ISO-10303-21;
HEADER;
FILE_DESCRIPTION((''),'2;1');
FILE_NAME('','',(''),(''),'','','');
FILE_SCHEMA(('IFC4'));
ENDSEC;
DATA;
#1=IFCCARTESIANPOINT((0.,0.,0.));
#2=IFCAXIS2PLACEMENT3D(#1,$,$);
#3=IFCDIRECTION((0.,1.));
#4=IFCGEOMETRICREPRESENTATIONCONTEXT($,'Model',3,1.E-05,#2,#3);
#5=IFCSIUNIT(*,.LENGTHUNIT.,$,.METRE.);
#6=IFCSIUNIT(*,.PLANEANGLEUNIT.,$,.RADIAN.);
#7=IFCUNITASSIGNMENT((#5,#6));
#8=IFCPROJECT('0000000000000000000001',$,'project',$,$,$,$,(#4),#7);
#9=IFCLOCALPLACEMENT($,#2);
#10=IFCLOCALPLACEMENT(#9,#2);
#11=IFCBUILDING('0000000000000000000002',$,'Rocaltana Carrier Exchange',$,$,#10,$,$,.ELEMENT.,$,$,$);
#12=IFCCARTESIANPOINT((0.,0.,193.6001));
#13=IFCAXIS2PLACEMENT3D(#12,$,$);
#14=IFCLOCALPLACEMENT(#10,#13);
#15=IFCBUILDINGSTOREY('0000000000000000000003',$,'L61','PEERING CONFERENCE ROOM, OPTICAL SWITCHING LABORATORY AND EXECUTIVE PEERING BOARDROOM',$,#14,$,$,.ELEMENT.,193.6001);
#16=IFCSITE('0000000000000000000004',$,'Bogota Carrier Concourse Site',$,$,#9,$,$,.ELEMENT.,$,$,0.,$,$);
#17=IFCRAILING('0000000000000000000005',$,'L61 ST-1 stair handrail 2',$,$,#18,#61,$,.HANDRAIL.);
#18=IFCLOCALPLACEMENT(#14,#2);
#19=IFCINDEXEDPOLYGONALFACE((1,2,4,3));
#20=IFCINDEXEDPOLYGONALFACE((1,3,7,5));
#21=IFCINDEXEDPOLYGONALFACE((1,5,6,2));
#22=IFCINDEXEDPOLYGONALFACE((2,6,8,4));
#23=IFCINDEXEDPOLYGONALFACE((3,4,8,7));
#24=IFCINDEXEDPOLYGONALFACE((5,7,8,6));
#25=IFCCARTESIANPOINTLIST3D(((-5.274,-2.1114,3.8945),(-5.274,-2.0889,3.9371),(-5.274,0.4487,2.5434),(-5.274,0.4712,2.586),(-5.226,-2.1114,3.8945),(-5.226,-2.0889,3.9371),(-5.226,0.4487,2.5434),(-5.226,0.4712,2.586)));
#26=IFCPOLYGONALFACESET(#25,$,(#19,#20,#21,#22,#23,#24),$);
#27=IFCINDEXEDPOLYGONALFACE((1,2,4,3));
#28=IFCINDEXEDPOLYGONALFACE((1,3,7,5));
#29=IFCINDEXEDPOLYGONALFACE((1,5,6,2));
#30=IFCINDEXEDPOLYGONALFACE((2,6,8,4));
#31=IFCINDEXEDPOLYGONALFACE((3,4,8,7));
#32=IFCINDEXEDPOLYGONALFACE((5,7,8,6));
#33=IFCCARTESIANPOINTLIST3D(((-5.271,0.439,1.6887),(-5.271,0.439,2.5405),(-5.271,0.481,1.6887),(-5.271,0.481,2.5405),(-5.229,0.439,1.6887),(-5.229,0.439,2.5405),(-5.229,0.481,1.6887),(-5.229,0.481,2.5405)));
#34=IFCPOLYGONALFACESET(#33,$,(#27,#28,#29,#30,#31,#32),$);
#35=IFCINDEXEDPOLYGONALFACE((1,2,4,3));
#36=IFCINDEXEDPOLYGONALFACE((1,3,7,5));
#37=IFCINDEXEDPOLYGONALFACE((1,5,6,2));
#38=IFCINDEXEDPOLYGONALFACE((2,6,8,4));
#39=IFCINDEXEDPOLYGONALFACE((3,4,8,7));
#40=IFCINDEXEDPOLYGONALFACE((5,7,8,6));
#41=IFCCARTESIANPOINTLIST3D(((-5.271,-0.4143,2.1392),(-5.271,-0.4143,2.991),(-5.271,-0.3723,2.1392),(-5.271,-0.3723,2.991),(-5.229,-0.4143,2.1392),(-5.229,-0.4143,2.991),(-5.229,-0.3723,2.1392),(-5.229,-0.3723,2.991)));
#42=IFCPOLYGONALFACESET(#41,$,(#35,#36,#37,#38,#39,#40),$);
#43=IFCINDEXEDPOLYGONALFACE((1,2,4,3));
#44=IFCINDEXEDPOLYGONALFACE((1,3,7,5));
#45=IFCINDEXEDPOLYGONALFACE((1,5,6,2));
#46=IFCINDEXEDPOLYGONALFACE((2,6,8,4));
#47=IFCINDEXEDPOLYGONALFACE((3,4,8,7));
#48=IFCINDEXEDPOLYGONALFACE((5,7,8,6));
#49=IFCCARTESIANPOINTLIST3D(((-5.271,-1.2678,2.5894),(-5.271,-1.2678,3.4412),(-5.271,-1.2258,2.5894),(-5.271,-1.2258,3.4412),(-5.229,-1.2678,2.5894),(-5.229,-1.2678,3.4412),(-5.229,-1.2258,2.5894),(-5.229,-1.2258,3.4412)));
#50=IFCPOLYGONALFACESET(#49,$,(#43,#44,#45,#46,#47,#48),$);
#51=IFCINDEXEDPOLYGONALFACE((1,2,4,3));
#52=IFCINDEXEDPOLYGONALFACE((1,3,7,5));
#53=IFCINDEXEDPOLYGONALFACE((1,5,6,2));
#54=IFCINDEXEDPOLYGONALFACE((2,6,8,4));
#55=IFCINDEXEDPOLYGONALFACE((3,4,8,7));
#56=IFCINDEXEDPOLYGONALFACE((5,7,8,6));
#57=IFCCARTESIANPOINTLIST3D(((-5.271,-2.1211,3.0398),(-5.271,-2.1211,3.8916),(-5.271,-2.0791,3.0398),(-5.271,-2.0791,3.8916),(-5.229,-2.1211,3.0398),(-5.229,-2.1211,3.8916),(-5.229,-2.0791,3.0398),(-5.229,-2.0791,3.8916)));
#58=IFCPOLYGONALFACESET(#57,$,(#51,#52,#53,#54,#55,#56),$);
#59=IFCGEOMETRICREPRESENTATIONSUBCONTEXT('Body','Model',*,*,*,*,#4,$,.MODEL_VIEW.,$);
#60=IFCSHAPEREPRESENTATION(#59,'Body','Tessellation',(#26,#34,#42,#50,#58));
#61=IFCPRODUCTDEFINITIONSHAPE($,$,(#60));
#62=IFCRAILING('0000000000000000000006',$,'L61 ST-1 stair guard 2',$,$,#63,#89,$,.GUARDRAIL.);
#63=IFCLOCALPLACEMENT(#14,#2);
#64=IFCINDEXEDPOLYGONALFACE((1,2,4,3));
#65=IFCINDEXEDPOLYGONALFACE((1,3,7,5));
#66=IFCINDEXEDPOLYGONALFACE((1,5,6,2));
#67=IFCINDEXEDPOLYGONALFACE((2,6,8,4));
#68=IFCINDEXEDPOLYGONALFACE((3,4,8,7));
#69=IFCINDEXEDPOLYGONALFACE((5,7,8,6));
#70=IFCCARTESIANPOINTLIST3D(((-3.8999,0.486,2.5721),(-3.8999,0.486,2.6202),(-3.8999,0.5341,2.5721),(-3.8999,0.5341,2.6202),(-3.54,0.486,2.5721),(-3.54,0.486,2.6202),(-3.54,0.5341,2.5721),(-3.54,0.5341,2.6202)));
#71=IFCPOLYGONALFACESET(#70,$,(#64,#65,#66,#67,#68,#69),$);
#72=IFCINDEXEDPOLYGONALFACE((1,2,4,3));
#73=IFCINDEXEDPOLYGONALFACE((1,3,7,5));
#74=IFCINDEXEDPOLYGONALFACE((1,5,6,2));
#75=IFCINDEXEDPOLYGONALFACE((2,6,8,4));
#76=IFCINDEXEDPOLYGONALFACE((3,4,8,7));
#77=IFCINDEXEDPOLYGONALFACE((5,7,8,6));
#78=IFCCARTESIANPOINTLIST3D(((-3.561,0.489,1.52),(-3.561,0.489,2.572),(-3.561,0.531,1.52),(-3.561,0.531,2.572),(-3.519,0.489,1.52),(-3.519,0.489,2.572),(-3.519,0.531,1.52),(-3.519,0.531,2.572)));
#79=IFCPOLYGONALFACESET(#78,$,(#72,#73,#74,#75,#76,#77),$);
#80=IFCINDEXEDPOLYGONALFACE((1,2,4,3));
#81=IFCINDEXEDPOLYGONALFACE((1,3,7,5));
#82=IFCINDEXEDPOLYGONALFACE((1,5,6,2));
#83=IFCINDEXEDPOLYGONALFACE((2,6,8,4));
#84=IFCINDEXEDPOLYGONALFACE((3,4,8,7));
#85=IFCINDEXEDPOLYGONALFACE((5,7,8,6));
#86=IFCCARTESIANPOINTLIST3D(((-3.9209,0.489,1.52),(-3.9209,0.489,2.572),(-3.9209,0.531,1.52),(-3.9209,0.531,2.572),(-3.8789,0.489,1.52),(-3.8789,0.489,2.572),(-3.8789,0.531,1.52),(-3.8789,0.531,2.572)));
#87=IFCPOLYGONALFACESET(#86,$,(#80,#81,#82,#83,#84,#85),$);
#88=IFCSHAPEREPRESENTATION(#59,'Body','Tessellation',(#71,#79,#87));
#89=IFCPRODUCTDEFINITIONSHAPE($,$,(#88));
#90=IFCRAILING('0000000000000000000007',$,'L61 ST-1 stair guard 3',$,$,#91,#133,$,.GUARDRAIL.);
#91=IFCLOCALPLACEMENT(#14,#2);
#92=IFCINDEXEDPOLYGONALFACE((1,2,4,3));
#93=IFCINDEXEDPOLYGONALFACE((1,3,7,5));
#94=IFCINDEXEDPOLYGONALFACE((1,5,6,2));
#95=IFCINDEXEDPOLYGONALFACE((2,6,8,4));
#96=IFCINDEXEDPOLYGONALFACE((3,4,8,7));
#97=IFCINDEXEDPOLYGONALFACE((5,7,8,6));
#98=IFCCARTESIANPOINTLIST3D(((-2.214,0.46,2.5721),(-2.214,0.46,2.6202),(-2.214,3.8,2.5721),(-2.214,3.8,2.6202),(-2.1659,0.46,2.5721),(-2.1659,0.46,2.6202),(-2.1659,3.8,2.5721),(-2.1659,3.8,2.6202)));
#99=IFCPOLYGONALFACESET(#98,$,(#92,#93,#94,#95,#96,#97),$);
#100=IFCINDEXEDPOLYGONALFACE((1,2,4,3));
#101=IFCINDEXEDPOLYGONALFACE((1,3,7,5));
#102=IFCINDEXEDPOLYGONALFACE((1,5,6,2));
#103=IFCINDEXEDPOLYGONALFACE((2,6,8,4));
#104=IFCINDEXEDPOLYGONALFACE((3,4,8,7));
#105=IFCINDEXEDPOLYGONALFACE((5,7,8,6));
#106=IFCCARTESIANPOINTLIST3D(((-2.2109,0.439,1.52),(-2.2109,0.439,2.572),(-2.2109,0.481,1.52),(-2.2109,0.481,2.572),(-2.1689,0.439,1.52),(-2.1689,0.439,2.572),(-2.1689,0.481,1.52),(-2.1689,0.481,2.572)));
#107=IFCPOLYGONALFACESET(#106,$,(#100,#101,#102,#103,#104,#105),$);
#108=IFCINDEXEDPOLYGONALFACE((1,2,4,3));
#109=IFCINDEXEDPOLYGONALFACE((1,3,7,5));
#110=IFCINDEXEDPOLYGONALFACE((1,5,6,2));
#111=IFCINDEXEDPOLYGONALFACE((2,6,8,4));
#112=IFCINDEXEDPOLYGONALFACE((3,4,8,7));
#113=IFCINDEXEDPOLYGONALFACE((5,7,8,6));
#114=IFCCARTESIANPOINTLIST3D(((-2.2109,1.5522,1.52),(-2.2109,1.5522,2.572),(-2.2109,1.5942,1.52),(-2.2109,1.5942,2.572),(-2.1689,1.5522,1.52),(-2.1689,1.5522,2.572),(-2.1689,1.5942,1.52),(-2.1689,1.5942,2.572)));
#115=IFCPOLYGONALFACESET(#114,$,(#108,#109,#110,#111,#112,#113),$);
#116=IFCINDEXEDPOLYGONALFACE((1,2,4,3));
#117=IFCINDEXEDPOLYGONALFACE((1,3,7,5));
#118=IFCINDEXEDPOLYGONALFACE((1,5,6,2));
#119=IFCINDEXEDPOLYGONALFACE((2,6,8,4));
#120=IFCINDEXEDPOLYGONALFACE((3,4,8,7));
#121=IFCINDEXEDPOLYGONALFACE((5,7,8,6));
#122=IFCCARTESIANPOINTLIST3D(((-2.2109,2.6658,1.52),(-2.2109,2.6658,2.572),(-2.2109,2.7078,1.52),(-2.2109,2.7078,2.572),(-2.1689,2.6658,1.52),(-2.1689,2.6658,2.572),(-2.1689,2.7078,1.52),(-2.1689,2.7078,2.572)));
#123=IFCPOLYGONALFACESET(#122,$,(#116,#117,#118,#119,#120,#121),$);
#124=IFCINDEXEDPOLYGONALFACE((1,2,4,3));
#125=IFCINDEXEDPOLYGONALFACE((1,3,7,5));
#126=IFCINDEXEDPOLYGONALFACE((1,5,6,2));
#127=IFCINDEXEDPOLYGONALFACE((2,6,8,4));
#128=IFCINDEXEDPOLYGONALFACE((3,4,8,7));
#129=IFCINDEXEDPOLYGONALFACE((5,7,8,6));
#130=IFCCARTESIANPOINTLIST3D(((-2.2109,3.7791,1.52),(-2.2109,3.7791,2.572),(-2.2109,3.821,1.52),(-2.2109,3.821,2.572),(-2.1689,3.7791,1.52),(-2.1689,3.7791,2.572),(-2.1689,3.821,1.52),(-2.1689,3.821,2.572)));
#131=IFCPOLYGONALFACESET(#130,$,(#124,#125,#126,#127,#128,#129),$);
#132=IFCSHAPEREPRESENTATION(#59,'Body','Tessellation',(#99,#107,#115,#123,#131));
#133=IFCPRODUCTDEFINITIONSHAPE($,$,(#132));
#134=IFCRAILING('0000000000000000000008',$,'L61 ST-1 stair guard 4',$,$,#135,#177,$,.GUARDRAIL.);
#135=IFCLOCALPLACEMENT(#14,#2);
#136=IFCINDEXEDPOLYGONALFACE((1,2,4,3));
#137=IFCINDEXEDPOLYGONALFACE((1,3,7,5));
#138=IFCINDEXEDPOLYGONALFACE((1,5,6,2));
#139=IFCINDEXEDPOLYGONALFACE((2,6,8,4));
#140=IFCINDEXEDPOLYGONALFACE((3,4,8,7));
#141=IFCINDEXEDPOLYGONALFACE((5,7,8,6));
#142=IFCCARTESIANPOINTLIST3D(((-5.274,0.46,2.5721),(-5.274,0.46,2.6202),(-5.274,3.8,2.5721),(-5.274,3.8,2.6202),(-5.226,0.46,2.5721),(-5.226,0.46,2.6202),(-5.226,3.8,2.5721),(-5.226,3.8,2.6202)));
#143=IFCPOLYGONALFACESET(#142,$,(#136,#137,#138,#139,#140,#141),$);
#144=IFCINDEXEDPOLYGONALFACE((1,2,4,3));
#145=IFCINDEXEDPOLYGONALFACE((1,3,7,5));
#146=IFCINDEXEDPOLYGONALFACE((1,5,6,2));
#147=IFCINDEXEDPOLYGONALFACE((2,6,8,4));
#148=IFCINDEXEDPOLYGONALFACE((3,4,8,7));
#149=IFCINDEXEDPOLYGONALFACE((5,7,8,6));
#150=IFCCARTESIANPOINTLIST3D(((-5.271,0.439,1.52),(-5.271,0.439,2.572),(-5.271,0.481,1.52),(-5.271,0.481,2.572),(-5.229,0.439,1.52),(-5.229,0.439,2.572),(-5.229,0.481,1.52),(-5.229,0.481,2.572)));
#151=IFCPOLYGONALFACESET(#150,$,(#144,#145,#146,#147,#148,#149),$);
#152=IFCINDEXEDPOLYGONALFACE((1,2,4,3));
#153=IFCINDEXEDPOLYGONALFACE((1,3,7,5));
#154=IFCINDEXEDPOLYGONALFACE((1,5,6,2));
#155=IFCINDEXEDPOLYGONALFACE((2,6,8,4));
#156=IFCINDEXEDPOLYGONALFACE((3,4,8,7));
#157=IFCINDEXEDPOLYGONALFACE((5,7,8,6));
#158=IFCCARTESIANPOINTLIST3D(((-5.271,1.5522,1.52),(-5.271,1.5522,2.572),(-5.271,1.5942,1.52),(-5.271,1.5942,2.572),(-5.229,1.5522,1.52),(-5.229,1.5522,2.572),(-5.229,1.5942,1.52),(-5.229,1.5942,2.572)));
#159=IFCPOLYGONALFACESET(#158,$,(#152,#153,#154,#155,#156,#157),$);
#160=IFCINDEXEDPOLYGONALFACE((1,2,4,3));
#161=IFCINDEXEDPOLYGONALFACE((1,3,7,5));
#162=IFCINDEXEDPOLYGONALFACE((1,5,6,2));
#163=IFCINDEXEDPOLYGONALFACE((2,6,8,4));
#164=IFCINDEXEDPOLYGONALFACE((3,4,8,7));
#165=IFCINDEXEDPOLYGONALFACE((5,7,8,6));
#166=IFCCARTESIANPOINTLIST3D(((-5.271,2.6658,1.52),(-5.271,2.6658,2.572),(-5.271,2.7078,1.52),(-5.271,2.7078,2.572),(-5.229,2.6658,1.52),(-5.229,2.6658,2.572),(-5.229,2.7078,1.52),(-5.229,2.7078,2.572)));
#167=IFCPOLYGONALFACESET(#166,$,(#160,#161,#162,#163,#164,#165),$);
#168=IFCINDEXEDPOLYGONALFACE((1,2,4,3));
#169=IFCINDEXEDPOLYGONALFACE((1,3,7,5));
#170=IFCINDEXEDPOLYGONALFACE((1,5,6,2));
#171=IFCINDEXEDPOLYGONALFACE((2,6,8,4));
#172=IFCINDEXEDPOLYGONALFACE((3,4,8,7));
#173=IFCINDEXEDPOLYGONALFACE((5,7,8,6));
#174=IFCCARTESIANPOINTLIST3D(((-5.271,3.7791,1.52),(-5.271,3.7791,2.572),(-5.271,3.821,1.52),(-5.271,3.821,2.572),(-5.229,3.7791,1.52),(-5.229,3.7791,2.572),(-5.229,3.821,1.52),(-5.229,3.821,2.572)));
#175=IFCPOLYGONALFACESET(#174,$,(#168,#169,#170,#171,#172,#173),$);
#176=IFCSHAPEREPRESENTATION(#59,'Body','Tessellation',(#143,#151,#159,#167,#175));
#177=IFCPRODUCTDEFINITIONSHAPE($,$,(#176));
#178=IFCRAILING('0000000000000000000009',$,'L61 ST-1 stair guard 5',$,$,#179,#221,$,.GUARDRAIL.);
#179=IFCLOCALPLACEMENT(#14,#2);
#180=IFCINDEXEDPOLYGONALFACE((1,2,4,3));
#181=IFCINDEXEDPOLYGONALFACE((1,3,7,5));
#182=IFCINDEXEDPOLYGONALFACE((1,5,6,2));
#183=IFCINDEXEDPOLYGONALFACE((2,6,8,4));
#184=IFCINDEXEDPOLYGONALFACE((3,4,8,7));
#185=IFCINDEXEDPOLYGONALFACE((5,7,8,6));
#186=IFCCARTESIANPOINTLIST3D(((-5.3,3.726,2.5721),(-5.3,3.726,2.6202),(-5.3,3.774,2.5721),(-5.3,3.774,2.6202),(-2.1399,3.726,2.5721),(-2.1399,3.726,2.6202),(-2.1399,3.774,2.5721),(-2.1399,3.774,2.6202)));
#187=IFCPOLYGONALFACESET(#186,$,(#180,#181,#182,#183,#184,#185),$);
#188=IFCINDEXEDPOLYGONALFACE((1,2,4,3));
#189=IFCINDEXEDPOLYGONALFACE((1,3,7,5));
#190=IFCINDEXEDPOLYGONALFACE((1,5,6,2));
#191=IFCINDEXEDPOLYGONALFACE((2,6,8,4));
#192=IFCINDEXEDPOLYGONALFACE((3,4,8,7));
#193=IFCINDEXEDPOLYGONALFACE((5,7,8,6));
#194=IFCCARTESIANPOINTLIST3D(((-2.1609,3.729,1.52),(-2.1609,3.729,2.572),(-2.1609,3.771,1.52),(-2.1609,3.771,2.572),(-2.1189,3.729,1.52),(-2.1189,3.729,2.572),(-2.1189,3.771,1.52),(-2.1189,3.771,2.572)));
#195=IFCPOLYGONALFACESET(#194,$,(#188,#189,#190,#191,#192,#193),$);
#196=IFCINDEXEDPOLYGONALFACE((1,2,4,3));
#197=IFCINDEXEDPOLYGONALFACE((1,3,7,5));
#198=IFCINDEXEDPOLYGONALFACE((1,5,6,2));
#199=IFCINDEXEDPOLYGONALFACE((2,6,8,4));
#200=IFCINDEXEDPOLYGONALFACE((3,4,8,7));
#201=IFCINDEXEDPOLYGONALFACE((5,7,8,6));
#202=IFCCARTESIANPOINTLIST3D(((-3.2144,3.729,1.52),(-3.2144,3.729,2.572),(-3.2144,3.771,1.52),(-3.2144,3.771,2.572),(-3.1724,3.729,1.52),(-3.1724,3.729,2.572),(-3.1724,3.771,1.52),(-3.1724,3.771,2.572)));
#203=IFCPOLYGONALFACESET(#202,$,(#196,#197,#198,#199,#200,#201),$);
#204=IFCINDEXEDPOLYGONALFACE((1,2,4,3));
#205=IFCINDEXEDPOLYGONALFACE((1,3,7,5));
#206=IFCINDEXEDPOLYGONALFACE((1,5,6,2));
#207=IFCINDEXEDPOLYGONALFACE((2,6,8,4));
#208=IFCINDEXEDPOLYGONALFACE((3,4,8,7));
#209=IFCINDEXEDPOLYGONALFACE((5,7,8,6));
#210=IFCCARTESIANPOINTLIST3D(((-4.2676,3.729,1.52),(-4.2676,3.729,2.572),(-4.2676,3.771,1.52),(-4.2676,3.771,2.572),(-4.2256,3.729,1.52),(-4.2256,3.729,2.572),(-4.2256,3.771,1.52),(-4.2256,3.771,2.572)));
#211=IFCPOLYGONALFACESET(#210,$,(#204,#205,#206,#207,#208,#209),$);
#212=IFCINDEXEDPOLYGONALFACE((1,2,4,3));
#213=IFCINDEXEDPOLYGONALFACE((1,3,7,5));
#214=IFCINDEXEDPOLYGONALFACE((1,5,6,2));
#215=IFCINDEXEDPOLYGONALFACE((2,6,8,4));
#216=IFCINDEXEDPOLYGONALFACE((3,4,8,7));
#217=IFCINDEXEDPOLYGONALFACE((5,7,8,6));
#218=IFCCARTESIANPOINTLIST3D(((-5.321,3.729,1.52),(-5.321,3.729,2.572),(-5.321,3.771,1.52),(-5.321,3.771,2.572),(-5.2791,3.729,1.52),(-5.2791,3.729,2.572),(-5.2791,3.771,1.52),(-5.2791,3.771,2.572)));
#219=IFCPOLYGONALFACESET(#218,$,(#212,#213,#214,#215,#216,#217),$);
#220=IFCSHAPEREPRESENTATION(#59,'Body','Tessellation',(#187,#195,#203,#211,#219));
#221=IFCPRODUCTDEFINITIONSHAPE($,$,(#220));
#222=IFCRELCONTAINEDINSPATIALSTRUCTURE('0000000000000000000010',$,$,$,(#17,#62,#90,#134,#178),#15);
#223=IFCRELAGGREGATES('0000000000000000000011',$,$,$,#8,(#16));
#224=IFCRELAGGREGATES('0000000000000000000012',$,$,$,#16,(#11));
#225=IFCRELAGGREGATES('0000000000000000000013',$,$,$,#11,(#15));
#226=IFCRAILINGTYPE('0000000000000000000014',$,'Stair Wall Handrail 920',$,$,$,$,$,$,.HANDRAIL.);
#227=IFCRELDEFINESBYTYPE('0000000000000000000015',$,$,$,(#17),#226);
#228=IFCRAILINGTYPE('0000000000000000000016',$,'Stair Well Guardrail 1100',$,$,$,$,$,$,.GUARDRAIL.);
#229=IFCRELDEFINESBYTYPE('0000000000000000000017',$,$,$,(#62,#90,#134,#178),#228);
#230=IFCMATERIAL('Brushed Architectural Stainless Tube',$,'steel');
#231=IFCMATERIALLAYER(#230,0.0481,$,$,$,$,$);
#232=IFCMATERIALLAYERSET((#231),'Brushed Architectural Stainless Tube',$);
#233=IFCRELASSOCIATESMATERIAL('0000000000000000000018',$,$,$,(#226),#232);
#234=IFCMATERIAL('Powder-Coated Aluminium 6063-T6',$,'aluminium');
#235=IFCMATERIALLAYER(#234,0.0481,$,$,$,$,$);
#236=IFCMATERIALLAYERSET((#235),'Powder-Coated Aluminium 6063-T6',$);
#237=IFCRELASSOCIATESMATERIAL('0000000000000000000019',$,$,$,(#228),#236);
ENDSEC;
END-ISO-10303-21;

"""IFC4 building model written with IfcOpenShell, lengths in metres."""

from ifc_helpers import new_model, si_unit, direction, frame, origin, origin_2d, place, context, subcontext, project, spatial, rectangle, extrude, material, layer, layer_set, type_object, element, save


model = new_model("IFC4")

# Units and contexts
model_context = context("Model", 3, precision=1e-05, world=origin(), true_north=direction((0.0, 1.0)))
body_context = subcontext(model_context, "Body", "Model", "MODEL_VIEW")
ifc_project = project(units=[si_unit("LENGTHUNIT", "METRE"), si_unit("PLANEANGLEUNIT", "RADIAN")], contexts=[model_context])

# Site, building, storey
site_placement = place(None, origin())
site = spatial("IfcSite", under=ifc_project, at=site_placement, Name="Bogota Carrier Concourse Site", CompositionType="ELEMENT", RefElevation=0.0)
building_placement = place(site_placement, origin())
building = spatial("IfcBuilding", under=site, at=building_placement, Name="Rocaltana Carrier Exchange", CompositionType="ELEMENT")
storey_placement = place(building_placement, frame((0.0, 0.0, 193.6001)))
storey = spatial("IfcBuildingStorey", under=building, at=storey_placement, Name="L61", Description="PEERING CONFERENCE ROOM, OPTICAL SWITCHING LABORATORY AND EXECUTIVE PEERING BOARDROOM", CompositionType="ELEMENT", Elevation=193.6001)

# Railings
ifc_material_1 = material(Name="Brushed Architectural Stainless Tube", Category="steel")
ifc_layer_1 = layer(ifc_material_1, 0.0481)
ifc_layer_set_1 = layer_set([ifc_layer_1], Name="Brushed Architectural Stainless Tube")
railing_type_1 = type_object("IfcRailingType", Name="Stair Wall Handrail 920", PredefinedType="HANDRAIL", material=ifc_layer_set_1)
railing_1_placement = place(storey_placement, frame((-5.25, 0.46, 1.6887)))
element("IfcRailing", 1, at=railing_1_placement, inside=storey, type_object=railing_type_1, Name="L61 ST-1 stair handrail 2", PredefinedType="HANDRAIL", context=body_context, shape_type="SweptSolid", body=[
    extrude(rectangle(XDim=0.0481, YDim=0.0481, at=origin_2d()), frame((0.0, 0.0, 0.876), z_axis=(0.0, -0.884394, 0.46674), x_axis=(1.0, 0.0, 0.0)), (0.0, 0.0, 1.0), 2.8948),
    extrude(rectangle(XDim=0.042, YDim=0.042, at=origin_2d()), origin(), (0.0, 0.0, 1.0), 0.8518),
    extrude(rectangle(XDim=0.042, YDim=0.042, at=origin_2d()), frame((0.0, -0.8533, 0.4504)), (0.0, 0.0, 1.0), 0.8518),
    extrude(rectangle(XDim=0.042, YDim=0.042, at=origin_2d()), frame((0.0, -1.7068, 0.9006)), (0.0, 0.0, 1.0), 0.8518),
    extrude(rectangle(XDim=0.042, YDim=0.042, at=origin_2d()), frame((0.0, -2.5601, 1.3511)), (0.0, 0.0, 1.0), 0.8518),
])
ifc_material_2 = material(Name="Powder-Coated Aluminium 6063-T6", Category="aluminium")
ifc_layer_2 = layer(ifc_material_2, 0.0481)
ifc_layer_set_2 = layer_set([ifc_layer_2], Name="Powder-Coated Aluminium 6063-T6")
railing_type_2 = type_object("IfcRailingType", Name="Stair Well Guardrail 1100", PredefinedType="GUARDRAIL", material=ifc_layer_set_2)
railing_2_placement = place(storey_placement, frame((-3.54, 0.51, 1.52)))
element("IfcRailing", 2, at=railing_2_placement, inside=storey, type_object=railing_type_2, Name="L61 ST-1 stair guard 2", PredefinedType="GUARDRAIL", context=body_context, shape_type="SweptSolid", body=[
    extrude(rectangle(XDim=0.0481, YDim=0.0481, at=origin_2d()), frame((0.0, 0.0, 1.0762), z_axis=(-1.0, 0.0, 0.0), x_axis=(0.0, -1.0, 0.0)), (0.0, 0.0, 1.0), 0.3599),
    extrude(rectangle(XDim=0.042, YDim=0.042, at=origin_2d()), origin(), (0.0, 0.0, 1.0), 1.052),
    extrude(rectangle(XDim=0.042, YDim=0.042, at=origin_2d()), frame((-0.3599, 0.0, 0.0)), (0.0, 0.0, 1.0), 1.052),
])
for number, where, name in (
    (3, (-2.1899, 0.46, 1.52), "L61 ST-1 stair guard 3"),
    (4, (-5.25, 0.46, 1.52), "L61 ST-1 stair guard 4"),
):
    element("IfcRailing", number, at=place(storey_placement, frame(where)), inside=storey, type_object=railing_type_2, Name=name, PredefinedType="GUARDRAIL", context=body_context, shape_type="SweptSolid", body=[
        extrude(rectangle(XDim=0.0481, YDim=0.0481, at=origin_2d()), frame((0.0, 0.0, 1.0762), z_axis=(0.0, 1.0, 0.0), x_axis=(-1.0, 0.0, 0.0)), (0.0, 0.0, 1.0), 3.3401),
        extrude(rectangle(XDim=0.042, YDim=0.042, at=origin_2d()), origin(), (0.0, 0.0, 1.0), 1.052),
        extrude(rectangle(XDim=0.042, YDim=0.042, at=origin_2d()), frame((0.0, 1.1133, 0.0)), (0.0, 0.0, 1.0), 1.052),
        extrude(rectangle(XDim=0.042, YDim=0.042, at=origin_2d()), frame((0.0, 2.2268, 0.0)), (0.0, 0.0, 1.0), 1.052),
        extrude(rectangle(XDim=0.042, YDim=0.042, at=origin_2d()), frame((0.0, 3.3401, 0.0)), (0.0, 0.0, 1.0), 1.052),
    ])
railing_3_placement = place(storey_placement, frame((-2.1399, 3.75, 1.52)))
element("IfcRailing", 5, at=railing_3_placement, inside=storey, type_object=railing_type_2, Name="L61 ST-1 stair guard 5", PredefinedType="GUARDRAIL", context=body_context, shape_type="SweptSolid", body=[
    extrude(rectangle(XDim=0.0481, YDim=0.0481, at=origin_2d()), frame((0.0, 0.0, 1.0762), z_axis=(-1.0, 0.0, 0.0), x_axis=(0.0, -1.0, 0.0)), (0.0, 0.0, 1.0), 3.1602),
    extrude(rectangle(XDim=0.042, YDim=0.042, at=origin_2d()), origin(), (0.0, 0.0, 1.0), 1.052),
    extrude(rectangle(XDim=0.042, YDim=0.042, at=origin_2d()), frame((-1.0535, 0.0, 0.0)), (0.0, 0.0, 1.0), 1.052),
    extrude(rectangle(XDim=0.042, YDim=0.042, at=origin_2d()), frame((-2.1067, 0.0, 0.0)), (0.0, 0.0, 1.0), 1.052),
    extrude(rectangle(XDim=0.042, YDim=0.042, at=origin_2d()), frame((-3.1602, 0.0, 0.0)), (0.0, 0.0, 1.0), 1.052),
])

save(model, "model.ifc")
